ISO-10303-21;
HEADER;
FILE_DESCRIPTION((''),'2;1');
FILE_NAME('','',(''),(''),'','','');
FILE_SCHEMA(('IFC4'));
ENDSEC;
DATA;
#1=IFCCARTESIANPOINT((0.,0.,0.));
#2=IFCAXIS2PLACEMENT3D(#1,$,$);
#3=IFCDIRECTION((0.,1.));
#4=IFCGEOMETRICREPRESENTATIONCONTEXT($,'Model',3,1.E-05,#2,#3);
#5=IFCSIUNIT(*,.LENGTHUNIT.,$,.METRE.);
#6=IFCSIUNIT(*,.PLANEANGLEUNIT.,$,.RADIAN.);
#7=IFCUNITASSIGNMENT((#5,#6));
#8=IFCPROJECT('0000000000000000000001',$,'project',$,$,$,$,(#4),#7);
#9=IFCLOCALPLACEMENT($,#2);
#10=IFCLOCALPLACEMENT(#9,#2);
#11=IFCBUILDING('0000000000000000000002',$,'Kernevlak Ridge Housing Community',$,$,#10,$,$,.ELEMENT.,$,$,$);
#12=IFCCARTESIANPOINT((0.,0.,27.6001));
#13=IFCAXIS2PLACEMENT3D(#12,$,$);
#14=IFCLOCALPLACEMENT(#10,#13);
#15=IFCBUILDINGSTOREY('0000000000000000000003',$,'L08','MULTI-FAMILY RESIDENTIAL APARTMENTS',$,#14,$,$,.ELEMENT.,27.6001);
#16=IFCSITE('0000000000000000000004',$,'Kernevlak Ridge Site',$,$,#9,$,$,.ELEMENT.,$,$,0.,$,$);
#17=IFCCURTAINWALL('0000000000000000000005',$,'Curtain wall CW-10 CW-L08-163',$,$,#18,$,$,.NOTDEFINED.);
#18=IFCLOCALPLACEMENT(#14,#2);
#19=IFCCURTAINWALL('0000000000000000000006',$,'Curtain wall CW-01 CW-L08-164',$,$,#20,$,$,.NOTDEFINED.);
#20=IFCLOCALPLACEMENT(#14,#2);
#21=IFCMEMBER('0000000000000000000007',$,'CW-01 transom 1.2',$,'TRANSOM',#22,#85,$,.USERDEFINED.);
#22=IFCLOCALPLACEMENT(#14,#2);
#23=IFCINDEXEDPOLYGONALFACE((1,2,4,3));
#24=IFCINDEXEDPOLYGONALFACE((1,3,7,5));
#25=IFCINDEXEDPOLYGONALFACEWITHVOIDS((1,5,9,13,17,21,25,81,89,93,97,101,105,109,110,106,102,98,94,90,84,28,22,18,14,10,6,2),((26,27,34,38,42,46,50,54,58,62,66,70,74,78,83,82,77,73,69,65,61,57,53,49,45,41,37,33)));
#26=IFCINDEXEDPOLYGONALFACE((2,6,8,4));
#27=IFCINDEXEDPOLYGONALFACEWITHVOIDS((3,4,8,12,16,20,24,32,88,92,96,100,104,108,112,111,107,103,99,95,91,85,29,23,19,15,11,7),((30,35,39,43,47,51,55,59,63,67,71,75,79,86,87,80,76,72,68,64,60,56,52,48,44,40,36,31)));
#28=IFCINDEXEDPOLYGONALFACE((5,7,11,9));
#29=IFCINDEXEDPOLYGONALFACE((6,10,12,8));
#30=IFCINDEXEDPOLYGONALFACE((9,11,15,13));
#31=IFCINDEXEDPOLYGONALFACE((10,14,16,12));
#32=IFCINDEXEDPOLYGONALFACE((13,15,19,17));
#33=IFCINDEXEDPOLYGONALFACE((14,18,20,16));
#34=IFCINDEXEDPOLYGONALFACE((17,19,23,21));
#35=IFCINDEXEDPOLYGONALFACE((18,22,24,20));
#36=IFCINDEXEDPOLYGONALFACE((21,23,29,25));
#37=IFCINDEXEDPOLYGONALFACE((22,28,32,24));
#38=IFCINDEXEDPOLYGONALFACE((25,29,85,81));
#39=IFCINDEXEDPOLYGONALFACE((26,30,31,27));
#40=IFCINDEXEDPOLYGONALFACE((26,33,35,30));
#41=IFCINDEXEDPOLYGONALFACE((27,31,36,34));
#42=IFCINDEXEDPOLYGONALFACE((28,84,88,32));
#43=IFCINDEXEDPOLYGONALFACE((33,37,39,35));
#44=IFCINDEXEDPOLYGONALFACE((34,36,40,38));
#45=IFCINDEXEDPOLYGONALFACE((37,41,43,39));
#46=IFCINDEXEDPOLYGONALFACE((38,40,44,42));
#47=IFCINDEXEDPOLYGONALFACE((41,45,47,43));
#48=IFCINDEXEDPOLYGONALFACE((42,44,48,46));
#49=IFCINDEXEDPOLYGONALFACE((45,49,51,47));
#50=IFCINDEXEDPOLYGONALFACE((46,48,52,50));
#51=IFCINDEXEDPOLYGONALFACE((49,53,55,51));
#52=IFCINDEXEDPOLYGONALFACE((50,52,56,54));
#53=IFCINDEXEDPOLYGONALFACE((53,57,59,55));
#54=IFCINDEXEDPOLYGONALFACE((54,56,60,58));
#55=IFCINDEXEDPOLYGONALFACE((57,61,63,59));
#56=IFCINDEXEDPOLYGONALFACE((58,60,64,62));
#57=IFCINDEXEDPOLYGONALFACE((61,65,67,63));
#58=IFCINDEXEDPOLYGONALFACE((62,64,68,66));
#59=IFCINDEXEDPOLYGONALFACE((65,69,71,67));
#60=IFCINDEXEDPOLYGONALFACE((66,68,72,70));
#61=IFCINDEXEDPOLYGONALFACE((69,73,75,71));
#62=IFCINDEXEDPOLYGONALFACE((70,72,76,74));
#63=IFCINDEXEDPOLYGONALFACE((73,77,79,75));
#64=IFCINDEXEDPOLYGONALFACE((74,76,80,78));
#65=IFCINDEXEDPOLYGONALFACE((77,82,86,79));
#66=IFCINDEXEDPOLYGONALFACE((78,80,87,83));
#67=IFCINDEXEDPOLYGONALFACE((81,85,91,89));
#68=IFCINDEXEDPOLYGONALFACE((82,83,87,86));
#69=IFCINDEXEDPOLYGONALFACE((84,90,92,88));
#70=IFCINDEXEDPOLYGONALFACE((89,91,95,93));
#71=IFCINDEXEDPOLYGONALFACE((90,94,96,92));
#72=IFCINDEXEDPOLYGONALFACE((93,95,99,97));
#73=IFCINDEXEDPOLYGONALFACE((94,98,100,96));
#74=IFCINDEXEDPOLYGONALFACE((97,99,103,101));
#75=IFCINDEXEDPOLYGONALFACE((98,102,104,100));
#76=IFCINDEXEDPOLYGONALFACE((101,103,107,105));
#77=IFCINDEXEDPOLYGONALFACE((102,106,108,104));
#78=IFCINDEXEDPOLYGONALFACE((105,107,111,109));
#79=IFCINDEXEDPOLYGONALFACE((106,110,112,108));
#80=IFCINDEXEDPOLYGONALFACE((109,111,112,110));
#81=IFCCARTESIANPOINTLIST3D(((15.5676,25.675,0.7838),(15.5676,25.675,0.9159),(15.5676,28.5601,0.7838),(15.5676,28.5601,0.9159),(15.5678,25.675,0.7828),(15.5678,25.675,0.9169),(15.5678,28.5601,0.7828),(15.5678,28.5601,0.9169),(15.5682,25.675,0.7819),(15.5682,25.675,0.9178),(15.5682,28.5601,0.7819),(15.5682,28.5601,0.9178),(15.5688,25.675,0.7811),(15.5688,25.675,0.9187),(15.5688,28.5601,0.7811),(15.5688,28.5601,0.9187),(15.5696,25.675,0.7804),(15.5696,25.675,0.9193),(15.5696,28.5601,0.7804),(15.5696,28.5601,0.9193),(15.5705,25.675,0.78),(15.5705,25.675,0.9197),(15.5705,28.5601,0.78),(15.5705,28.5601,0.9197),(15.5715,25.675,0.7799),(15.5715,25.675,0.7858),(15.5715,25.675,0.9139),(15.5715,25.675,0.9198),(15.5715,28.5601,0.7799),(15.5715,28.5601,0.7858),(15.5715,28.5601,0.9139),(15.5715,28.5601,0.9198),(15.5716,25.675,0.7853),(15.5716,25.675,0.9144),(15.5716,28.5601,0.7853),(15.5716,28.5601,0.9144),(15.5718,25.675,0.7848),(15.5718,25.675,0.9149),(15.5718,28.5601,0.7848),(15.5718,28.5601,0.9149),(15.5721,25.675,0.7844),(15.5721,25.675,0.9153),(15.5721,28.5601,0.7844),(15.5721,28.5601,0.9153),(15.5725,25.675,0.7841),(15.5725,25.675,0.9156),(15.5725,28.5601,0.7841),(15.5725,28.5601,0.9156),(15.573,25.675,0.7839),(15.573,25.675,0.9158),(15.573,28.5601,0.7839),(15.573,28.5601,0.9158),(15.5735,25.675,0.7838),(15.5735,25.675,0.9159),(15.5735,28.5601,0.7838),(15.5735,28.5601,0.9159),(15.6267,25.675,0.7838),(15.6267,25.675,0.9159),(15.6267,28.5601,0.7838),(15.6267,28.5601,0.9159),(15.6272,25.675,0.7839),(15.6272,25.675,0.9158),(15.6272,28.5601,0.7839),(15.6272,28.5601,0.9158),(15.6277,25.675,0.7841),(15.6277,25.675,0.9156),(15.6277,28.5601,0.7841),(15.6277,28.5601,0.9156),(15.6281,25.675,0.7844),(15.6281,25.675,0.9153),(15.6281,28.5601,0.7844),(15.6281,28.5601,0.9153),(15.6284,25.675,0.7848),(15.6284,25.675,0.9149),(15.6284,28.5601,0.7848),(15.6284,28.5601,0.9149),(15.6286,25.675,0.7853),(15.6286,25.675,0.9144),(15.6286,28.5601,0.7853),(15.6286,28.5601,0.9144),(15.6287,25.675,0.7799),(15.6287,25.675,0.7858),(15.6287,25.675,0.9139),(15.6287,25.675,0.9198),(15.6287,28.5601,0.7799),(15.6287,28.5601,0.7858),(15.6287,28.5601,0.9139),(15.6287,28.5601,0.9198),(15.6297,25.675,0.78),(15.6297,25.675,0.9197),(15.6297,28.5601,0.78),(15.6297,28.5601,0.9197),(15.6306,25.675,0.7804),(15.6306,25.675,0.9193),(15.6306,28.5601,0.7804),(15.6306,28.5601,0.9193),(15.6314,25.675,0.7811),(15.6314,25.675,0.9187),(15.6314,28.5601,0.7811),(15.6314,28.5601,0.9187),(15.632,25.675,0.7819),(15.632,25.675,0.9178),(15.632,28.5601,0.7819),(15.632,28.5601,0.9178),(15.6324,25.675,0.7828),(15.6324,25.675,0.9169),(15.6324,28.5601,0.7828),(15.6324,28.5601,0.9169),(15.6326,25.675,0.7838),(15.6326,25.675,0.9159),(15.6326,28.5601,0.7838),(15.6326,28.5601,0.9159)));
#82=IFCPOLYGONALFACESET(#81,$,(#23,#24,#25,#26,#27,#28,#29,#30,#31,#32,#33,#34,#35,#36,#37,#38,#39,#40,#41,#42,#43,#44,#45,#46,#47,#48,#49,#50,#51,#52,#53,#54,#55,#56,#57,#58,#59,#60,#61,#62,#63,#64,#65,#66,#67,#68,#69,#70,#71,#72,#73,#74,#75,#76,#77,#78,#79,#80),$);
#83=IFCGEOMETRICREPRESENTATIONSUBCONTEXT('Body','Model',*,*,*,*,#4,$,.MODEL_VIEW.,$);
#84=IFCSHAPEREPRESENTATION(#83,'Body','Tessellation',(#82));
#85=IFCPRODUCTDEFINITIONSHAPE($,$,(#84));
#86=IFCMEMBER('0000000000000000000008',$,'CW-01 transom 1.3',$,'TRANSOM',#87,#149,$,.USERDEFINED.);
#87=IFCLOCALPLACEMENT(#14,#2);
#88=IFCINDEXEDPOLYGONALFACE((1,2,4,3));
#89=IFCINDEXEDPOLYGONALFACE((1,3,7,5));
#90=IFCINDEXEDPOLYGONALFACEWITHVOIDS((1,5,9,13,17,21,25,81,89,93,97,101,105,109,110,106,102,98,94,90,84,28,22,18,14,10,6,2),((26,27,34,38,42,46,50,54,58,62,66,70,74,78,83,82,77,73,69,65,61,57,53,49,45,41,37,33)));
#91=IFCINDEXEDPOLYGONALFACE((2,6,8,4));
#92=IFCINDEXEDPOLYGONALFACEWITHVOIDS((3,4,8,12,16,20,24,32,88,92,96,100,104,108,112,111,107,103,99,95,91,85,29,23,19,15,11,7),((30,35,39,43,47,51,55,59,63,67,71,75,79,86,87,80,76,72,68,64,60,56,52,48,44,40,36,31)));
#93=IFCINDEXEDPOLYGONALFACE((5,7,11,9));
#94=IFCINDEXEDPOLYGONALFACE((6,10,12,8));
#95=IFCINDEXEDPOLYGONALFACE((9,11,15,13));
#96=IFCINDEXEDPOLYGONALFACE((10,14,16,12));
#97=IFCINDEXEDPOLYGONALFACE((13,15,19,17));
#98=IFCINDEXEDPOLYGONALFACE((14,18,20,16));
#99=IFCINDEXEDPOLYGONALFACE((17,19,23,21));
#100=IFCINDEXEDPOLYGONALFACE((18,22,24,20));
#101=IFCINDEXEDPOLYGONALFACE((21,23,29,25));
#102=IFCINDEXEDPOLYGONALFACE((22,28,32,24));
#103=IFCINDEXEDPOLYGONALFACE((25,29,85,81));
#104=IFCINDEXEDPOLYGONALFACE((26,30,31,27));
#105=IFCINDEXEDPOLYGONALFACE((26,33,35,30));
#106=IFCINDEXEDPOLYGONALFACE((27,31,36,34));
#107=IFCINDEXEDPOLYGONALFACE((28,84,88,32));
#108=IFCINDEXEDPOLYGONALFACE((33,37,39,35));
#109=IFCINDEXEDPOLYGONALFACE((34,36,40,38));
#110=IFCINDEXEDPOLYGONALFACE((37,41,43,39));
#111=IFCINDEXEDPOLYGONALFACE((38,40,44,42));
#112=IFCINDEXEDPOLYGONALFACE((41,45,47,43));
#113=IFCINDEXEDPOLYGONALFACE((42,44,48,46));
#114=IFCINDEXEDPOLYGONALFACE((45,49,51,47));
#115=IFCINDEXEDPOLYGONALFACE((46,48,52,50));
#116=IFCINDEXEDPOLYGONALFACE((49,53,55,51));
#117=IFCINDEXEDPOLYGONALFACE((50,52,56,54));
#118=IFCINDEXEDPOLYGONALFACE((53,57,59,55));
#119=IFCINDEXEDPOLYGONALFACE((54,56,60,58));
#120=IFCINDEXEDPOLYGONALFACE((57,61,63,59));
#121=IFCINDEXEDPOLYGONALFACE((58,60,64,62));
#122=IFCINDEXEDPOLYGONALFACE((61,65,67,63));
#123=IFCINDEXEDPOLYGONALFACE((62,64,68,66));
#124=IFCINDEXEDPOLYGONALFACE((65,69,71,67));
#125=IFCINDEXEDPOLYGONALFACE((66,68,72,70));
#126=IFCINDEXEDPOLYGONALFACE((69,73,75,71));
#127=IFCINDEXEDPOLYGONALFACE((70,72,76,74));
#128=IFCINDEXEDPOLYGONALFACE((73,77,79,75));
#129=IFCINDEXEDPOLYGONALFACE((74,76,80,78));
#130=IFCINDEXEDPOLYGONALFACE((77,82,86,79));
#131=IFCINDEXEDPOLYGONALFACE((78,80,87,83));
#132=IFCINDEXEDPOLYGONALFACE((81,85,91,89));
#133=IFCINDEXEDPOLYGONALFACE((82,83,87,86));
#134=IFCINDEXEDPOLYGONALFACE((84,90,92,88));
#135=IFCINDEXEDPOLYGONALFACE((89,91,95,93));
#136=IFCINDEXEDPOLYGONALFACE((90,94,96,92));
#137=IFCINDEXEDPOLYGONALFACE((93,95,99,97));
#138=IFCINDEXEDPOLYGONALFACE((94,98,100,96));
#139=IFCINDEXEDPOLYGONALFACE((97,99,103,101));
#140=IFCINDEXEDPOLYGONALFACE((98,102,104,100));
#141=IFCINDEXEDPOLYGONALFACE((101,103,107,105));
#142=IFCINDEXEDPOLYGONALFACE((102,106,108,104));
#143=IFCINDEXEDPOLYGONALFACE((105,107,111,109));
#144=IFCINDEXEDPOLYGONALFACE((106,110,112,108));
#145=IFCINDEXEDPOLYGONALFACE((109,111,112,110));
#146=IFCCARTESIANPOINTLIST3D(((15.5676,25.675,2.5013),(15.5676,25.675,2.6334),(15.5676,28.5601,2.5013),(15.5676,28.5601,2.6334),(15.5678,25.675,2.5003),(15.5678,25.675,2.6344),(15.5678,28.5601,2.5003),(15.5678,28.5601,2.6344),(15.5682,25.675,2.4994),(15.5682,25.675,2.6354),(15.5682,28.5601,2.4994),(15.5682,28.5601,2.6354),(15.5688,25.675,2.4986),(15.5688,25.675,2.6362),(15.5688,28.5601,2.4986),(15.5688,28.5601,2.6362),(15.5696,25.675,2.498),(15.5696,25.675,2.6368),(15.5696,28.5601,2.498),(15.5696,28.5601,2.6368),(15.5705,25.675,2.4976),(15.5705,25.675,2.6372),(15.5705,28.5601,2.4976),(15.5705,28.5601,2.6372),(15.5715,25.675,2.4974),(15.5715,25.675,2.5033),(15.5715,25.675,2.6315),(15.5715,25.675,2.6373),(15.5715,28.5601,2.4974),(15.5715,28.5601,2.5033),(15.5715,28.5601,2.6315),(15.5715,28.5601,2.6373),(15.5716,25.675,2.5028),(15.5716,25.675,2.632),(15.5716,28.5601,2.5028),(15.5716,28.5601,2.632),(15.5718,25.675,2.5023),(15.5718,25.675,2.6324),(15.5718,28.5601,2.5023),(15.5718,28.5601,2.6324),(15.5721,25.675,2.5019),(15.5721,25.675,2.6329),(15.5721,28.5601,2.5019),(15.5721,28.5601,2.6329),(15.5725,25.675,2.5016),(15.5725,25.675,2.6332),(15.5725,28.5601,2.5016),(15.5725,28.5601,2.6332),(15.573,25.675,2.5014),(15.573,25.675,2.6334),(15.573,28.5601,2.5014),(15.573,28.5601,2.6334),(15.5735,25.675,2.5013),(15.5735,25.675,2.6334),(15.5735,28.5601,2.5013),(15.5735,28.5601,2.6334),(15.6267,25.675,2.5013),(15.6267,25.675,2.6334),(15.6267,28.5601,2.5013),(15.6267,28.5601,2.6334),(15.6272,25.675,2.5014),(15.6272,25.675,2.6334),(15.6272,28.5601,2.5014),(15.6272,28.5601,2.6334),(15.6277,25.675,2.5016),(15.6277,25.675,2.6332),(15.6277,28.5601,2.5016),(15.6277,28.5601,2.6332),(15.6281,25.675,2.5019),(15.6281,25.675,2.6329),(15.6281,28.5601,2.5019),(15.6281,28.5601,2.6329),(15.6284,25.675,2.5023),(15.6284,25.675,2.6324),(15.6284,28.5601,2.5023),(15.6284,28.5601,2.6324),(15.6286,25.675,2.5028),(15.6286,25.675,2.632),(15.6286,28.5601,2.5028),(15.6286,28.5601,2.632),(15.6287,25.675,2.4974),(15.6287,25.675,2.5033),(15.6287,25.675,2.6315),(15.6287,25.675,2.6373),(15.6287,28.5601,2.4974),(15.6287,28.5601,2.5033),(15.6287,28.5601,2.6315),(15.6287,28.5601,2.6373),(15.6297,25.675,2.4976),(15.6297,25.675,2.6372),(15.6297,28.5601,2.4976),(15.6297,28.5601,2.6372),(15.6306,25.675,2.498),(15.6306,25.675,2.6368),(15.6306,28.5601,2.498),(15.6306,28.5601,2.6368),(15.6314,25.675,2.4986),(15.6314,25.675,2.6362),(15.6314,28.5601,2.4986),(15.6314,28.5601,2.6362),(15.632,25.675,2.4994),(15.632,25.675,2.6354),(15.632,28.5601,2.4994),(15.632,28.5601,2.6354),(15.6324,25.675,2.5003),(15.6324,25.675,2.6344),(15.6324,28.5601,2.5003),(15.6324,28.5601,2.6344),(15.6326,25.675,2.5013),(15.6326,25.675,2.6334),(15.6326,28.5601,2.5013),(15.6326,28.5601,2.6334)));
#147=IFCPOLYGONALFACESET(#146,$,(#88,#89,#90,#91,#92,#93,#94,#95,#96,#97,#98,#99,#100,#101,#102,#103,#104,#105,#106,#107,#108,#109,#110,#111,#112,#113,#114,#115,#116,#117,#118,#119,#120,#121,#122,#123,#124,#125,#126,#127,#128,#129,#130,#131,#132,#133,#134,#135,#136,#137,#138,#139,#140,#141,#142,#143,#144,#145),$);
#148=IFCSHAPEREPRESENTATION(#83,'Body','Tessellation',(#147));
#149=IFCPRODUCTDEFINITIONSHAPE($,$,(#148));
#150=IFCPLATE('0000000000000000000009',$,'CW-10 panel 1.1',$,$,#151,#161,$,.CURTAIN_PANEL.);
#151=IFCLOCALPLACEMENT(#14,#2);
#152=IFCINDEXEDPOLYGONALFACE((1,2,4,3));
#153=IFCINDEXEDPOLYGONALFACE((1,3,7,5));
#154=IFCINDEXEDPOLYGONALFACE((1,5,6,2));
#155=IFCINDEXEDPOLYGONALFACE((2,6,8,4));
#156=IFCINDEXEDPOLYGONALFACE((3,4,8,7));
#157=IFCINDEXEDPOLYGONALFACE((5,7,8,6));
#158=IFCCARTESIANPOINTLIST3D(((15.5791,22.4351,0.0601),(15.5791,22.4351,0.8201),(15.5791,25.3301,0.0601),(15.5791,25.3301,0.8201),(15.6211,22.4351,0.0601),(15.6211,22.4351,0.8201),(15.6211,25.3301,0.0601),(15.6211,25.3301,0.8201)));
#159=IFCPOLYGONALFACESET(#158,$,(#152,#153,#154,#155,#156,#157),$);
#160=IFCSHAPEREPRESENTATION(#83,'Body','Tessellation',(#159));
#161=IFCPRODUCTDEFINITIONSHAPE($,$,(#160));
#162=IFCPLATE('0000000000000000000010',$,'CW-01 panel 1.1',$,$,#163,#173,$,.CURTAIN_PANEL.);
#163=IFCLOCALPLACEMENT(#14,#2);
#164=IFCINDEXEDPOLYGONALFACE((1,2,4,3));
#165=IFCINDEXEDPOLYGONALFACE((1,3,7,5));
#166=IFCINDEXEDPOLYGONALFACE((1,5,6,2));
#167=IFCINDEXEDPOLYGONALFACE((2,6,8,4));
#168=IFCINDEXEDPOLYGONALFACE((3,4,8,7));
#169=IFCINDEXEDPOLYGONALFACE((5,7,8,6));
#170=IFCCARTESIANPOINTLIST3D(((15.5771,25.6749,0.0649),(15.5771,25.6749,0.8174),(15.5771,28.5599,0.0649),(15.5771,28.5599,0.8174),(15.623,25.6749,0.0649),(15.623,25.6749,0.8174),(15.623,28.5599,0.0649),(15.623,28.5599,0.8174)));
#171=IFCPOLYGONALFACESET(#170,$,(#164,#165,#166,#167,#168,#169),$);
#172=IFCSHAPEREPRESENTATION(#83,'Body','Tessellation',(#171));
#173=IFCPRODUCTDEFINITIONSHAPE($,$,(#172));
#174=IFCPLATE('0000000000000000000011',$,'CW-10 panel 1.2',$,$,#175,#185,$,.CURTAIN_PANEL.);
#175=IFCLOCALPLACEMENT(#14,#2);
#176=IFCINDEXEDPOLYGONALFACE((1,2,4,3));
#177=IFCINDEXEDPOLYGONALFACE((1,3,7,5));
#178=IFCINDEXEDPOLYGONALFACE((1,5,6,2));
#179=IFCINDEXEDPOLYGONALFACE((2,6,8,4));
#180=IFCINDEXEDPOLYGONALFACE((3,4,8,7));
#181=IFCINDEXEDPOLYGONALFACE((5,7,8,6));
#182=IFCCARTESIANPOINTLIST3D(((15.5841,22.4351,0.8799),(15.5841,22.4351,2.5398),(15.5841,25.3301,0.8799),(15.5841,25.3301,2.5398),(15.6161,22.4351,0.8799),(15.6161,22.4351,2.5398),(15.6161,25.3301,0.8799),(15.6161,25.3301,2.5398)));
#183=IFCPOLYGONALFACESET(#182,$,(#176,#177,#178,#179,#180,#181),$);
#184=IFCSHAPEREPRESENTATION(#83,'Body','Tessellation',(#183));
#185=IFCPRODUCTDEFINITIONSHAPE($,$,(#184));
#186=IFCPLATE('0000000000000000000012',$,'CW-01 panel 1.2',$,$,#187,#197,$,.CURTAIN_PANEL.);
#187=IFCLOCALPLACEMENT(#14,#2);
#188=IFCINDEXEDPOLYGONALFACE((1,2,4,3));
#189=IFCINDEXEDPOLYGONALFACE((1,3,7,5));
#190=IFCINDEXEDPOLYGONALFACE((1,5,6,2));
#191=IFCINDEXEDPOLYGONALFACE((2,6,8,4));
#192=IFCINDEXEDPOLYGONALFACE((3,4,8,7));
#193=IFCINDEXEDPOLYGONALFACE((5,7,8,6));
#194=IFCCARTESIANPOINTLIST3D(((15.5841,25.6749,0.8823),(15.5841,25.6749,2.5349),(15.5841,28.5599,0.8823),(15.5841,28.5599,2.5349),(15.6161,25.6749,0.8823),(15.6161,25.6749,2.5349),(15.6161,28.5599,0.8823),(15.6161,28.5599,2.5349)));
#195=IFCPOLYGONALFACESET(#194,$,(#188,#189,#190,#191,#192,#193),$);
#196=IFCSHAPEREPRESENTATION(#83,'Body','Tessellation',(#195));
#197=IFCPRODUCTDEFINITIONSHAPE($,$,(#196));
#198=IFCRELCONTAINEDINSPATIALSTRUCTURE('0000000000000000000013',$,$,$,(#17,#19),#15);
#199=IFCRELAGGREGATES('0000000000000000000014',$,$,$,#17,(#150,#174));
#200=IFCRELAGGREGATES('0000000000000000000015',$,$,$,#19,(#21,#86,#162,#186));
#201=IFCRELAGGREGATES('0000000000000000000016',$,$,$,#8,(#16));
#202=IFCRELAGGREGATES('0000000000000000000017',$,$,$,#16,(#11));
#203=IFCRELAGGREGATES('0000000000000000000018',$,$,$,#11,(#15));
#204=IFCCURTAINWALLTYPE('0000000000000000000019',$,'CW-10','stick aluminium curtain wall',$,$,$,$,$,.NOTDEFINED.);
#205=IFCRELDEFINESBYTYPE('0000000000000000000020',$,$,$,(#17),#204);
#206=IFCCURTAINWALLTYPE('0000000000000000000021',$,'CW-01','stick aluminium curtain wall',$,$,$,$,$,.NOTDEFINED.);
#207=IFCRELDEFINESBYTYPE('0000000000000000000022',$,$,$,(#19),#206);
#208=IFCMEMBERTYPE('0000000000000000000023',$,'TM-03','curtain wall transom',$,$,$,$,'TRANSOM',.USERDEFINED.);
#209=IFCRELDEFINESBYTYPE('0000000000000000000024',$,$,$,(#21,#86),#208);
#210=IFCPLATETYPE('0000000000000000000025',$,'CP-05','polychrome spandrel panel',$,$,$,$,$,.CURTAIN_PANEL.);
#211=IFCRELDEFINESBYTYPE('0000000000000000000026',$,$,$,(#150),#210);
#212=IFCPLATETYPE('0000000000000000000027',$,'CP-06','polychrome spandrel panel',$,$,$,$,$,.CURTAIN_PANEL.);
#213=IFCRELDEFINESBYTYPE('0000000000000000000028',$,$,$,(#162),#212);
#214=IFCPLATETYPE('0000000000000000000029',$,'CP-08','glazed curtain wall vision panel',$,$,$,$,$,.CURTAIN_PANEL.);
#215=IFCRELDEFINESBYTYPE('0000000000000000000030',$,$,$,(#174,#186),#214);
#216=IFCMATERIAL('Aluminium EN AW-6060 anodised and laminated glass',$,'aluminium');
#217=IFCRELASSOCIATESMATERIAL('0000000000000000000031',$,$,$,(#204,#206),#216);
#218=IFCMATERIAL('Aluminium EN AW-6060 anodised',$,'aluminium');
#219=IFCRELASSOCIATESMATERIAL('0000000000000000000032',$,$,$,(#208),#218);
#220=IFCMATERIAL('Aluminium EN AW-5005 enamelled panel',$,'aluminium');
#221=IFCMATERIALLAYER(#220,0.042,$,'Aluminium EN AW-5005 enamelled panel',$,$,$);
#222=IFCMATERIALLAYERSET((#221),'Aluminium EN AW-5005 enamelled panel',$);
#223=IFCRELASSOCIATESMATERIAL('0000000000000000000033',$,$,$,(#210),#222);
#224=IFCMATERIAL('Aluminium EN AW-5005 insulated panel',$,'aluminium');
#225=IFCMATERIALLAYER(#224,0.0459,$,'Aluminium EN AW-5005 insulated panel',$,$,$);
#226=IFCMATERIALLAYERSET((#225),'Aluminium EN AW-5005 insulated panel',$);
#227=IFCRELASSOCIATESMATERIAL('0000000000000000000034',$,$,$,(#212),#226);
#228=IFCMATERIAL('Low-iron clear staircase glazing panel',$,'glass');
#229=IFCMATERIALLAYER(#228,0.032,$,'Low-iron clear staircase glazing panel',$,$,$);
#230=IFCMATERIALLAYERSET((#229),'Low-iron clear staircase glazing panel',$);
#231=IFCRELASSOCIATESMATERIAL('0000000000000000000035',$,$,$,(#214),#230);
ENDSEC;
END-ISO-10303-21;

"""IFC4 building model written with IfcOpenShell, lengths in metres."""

from ifc_helpers import new_model, si_unit, direction, frame, origin, origin_2d, place, context, subcontext, project, spatial, rectangle, hollow_rectangle, extrude, material, layer, layer_set, material_profile, profile_set, type_object, element, aggregate, save


model = new_model("IFC4")

# Units and contexts
model_context = context("Model", 3, precision=1e-05, world=origin(), true_north=direction((0.0, 1.0)))
body_context = subcontext(model_context, "Body", "Model", "MODEL_VIEW")
ifc_project = project(units=[si_unit("LENGTHUNIT", "METRE"), si_unit("PLANEANGLEUNIT", "RADIAN")], contexts=[model_context])

# Site, building, storey
site_placement = place(None, origin())
site = spatial("IfcSite", under=ifc_project, at=site_placement, Name="Kernevlak Ridge Site", CompositionType="ELEMENT", RefElevation=0.0)
building_placement = place(site_placement, origin())
building = spatial("IfcBuilding", under=site, at=building_placement, Name="Kernevlak Ridge Housing Community", CompositionType="ELEMENT")
storey_placement = place(building_placement, frame((0.0, 0.0, 27.6001)))
storey = spatial("IfcBuildingStorey", under=building, at=storey_placement, Name="L08", Description="MULTI-FAMILY RESIDENTIAL APARTMENTS", CompositionType="ELEMENT", Elevation=27.6001)

# Curtain walls
ifc_material_1 = material(Name="Aluminium EN AW-6060 anodised and laminated glass", Category="aluminium")
curtain_wall_type_1 = type_object("IfcCurtainWallType", Name="CW-10", Description="stick aluminium curtain wall", PredefinedType="NOTDEFINED", material=ifc_material_1)
curtain_wall_1_placement = place(storey_placement, origin())
curtain_wall_1 = element("IfcCurtainWall", 1, at=curtain_wall_1_placement, inside=storey, type_object=curtain_wall_type_1, Name="Curtain wall CW-10 CW-L08-163", PredefinedType="NOTDEFINED")
ifc_material_2 = material(Name="Aluminium EN AW-6060 anodised", Category="aluminium")
curtain_wall_type_2 = type_object("IfcCurtainWallType", Name="CW-01", Description="stick aluminium curtain wall", PredefinedType="NOTDEFINED", material=ifc_material_1)
curtain_wall_2_placement = place(storey_placement, origin())
curtain_wall_2 = element("IfcCurtainWall", 2, at=curtain_wall_2_placement, inside=storey, type_object=curtain_wall_type_2, Name="Curtain wall CW-01 CW-L08-164", PredefinedType="NOTDEFINED")

# Members
ifc_material_profile_1 = material_profile(ifc_material_2, hollow_rectangle(XDim=0.0649, YDim=0.1399, WallThickness=0.0039, InnerFilletRadius=0.002, OuterFilletRadius=0.0039, at=origin_2d()), Name="ALU 65x140x4")
ifc_profile_set_1 = profile_set([ifc_material_profile_1], Name="Aluminium EN AW-6060 anodised")
member_type_1 = type_object("IfcMemberType", Name="TM-03", Description="curtain wall transom", ElementType="TRANSOM", PredefinedType="USERDEFINED", material=ifc_profile_set_1)
member_1_placement = place(storey_placement, frame((15.6001, 25.675, 0.8499), z_axis=(0.0, 1.0, 0.0), x_axis=(-1.0, 0.0, 0.0)))
member_1 = element("IfcMember", 3, at=member_1_placement, type_object=member_type_1, Name="CW-01 transom 1.2", ObjectType="TRANSOM", PredefinedType="USERDEFINED", context=body_context, shape_type="SweptSolid", body=[
    extrude(hollow_rectangle(XDim=0.0649, YDim=0.1399, WallThickness=0.0039, InnerFilletRadius=0.002, OuterFilletRadius=0.0039, at=origin_2d()), origin(), (0.0, 0.0, 1.0), 2.885),
])
member_2_placement = place(storey_placement, frame((15.6001, 25.675, 2.5674), z_axis=(0.0, 1.0, 0.0), x_axis=(-1.0, 0.0, 0.0)))
member_2 = element("IfcMember", 4, at=member_2_placement, type_object=member_type_1, Name="CW-01 transom 1.3", ObjectType="TRANSOM", PredefinedType="USERDEFINED", context=body_context, shape_type="SweptSolid", body=[
    extrude(hollow_rectangle(XDim=0.0649, YDim=0.1399, WallThickness=0.0039, InnerFilletRadius=0.002, OuterFilletRadius=0.0039, at=origin_2d()), origin(), (0.0, 0.0, 1.0), 2.885),
])

# Plates
ifc_material_3 = material(Name="Aluminium EN AW-5005 enamelled panel", Category="aluminium")
ifc_layer_1 = layer(ifc_material_3, 0.042, Name="Aluminium EN AW-5005 enamelled panel")
ifc_layer_set_1 = layer_set([ifc_layer_1], Name="Aluminium EN AW-5005 enamelled panel")
plate_type_1 = type_object("IfcPlateType", Name="CP-05", Description="polychrome spandrel panel", PredefinedType="CURTAIN_PANEL", material=ifc_layer_set_1)
plate_1_placement = place(storey_placement, frame((15.6001, 23.8826, 0.0601), z_axis=(0.0, 0.0, 1.0), x_axis=(0.0, 1.0, 0.0)))
plate_1 = element("IfcPlate", 5, at=plate_1_placement, type_object=plate_type_1, Name="CW-10 panel 1.1", PredefinedType="CURTAIN_PANEL", context=body_context, shape_type="SweptSolid", body=[
    extrude(rectangle(XDim=2.895, YDim=0.042, at=origin_2d()), origin(), (0.0, 0.0, 1.0), 0.76),
])
ifc_material_4 = material(Name="Aluminium EN AW-5005 insulated panel", Category="aluminium")
ifc_layer_2 = layer(ifc_material_4, 0.0459, Name="Aluminium EN AW-5005 insulated panel")
ifc_layer_set_2 = layer_set([ifc_layer_2], Name="Aluminium EN AW-5005 insulated panel")
plate_type_2 = type_object("IfcPlateType", Name="CP-06", Description="polychrome spandrel panel", PredefinedType="CURTAIN_PANEL", material=ifc_layer_set_2)
plate_2_placement = place(storey_placement, frame((15.6001, 27.1174, 0.0649), z_axis=(0.0, 0.0, 1.0), x_axis=(0.0, 1.0, 0.0)))
plate_2 = element("IfcPlate", 6, at=plate_2_placement, type_object=plate_type_2, Name="CW-01 panel 1.1", PredefinedType="CURTAIN_PANEL", context=body_context, shape_type="SweptSolid", body=[
    extrude(rectangle(XDim=2.885, YDim=0.0459, at=origin_2d()), origin(), (0.0, 0.0, 1.0), 0.7524),
])
ifc_material_5 = material(Name="Low-iron clear staircase glazing panel", Category="glass")
ifc_layer_3 = layer(ifc_material_5, 0.032, Name="Low-iron clear staircase glazing panel")
ifc_layer_set_3 = layer_set([ifc_layer_3], Name="Low-iron clear staircase glazing panel")
plate_type_3 = type_object("IfcPlateType", Name="CP-08", Description="glazed curtain wall vision panel", PredefinedType="CURTAIN_PANEL", material=ifc_layer_set_3)
plate_3_placement = place(storey_placement, frame((15.6001, 23.8826, 0.8799), z_axis=(0.0, 0.0, 1.0), x_axis=(0.0, 1.0, 0.0)))
plate_3 = element("IfcPlate", 7, at=plate_3_placement, type_object=plate_type_3, Name="CW-10 panel 1.2", PredefinedType="CURTAIN_PANEL", context=body_context, shape_type="SweptSolid", body=[
    extrude(rectangle(XDim=2.895, YDim=0.032, at=origin_2d()), origin(), (0.0, 0.0, 1.0), 1.6599),
])
aggregate(curtain_wall_1, [plate_1, plate_3])
plate_4_placement = place(storey_placement, frame((15.6001, 27.1174, 0.8823), z_axis=(0.0, 0.0, 1.0), x_axis=(0.0, 1.0, 0.0)))
plate_4 = element("IfcPlate", 8, at=plate_4_placement, type_object=plate_type_3, Name="CW-01 panel 1.2", PredefinedType="CURTAIN_PANEL", context=body_context, shape_type="SweptSolid", body=[
    extrude(rectangle(XDim=2.885, YDim=0.032, at=origin_2d()), origin(), (0.0, 0.0, 1.0), 1.6526),
])
aggregate(curtain_wall_2, [member_1, member_2, plate_2, plate_4])

save(model, "model.ifc")
